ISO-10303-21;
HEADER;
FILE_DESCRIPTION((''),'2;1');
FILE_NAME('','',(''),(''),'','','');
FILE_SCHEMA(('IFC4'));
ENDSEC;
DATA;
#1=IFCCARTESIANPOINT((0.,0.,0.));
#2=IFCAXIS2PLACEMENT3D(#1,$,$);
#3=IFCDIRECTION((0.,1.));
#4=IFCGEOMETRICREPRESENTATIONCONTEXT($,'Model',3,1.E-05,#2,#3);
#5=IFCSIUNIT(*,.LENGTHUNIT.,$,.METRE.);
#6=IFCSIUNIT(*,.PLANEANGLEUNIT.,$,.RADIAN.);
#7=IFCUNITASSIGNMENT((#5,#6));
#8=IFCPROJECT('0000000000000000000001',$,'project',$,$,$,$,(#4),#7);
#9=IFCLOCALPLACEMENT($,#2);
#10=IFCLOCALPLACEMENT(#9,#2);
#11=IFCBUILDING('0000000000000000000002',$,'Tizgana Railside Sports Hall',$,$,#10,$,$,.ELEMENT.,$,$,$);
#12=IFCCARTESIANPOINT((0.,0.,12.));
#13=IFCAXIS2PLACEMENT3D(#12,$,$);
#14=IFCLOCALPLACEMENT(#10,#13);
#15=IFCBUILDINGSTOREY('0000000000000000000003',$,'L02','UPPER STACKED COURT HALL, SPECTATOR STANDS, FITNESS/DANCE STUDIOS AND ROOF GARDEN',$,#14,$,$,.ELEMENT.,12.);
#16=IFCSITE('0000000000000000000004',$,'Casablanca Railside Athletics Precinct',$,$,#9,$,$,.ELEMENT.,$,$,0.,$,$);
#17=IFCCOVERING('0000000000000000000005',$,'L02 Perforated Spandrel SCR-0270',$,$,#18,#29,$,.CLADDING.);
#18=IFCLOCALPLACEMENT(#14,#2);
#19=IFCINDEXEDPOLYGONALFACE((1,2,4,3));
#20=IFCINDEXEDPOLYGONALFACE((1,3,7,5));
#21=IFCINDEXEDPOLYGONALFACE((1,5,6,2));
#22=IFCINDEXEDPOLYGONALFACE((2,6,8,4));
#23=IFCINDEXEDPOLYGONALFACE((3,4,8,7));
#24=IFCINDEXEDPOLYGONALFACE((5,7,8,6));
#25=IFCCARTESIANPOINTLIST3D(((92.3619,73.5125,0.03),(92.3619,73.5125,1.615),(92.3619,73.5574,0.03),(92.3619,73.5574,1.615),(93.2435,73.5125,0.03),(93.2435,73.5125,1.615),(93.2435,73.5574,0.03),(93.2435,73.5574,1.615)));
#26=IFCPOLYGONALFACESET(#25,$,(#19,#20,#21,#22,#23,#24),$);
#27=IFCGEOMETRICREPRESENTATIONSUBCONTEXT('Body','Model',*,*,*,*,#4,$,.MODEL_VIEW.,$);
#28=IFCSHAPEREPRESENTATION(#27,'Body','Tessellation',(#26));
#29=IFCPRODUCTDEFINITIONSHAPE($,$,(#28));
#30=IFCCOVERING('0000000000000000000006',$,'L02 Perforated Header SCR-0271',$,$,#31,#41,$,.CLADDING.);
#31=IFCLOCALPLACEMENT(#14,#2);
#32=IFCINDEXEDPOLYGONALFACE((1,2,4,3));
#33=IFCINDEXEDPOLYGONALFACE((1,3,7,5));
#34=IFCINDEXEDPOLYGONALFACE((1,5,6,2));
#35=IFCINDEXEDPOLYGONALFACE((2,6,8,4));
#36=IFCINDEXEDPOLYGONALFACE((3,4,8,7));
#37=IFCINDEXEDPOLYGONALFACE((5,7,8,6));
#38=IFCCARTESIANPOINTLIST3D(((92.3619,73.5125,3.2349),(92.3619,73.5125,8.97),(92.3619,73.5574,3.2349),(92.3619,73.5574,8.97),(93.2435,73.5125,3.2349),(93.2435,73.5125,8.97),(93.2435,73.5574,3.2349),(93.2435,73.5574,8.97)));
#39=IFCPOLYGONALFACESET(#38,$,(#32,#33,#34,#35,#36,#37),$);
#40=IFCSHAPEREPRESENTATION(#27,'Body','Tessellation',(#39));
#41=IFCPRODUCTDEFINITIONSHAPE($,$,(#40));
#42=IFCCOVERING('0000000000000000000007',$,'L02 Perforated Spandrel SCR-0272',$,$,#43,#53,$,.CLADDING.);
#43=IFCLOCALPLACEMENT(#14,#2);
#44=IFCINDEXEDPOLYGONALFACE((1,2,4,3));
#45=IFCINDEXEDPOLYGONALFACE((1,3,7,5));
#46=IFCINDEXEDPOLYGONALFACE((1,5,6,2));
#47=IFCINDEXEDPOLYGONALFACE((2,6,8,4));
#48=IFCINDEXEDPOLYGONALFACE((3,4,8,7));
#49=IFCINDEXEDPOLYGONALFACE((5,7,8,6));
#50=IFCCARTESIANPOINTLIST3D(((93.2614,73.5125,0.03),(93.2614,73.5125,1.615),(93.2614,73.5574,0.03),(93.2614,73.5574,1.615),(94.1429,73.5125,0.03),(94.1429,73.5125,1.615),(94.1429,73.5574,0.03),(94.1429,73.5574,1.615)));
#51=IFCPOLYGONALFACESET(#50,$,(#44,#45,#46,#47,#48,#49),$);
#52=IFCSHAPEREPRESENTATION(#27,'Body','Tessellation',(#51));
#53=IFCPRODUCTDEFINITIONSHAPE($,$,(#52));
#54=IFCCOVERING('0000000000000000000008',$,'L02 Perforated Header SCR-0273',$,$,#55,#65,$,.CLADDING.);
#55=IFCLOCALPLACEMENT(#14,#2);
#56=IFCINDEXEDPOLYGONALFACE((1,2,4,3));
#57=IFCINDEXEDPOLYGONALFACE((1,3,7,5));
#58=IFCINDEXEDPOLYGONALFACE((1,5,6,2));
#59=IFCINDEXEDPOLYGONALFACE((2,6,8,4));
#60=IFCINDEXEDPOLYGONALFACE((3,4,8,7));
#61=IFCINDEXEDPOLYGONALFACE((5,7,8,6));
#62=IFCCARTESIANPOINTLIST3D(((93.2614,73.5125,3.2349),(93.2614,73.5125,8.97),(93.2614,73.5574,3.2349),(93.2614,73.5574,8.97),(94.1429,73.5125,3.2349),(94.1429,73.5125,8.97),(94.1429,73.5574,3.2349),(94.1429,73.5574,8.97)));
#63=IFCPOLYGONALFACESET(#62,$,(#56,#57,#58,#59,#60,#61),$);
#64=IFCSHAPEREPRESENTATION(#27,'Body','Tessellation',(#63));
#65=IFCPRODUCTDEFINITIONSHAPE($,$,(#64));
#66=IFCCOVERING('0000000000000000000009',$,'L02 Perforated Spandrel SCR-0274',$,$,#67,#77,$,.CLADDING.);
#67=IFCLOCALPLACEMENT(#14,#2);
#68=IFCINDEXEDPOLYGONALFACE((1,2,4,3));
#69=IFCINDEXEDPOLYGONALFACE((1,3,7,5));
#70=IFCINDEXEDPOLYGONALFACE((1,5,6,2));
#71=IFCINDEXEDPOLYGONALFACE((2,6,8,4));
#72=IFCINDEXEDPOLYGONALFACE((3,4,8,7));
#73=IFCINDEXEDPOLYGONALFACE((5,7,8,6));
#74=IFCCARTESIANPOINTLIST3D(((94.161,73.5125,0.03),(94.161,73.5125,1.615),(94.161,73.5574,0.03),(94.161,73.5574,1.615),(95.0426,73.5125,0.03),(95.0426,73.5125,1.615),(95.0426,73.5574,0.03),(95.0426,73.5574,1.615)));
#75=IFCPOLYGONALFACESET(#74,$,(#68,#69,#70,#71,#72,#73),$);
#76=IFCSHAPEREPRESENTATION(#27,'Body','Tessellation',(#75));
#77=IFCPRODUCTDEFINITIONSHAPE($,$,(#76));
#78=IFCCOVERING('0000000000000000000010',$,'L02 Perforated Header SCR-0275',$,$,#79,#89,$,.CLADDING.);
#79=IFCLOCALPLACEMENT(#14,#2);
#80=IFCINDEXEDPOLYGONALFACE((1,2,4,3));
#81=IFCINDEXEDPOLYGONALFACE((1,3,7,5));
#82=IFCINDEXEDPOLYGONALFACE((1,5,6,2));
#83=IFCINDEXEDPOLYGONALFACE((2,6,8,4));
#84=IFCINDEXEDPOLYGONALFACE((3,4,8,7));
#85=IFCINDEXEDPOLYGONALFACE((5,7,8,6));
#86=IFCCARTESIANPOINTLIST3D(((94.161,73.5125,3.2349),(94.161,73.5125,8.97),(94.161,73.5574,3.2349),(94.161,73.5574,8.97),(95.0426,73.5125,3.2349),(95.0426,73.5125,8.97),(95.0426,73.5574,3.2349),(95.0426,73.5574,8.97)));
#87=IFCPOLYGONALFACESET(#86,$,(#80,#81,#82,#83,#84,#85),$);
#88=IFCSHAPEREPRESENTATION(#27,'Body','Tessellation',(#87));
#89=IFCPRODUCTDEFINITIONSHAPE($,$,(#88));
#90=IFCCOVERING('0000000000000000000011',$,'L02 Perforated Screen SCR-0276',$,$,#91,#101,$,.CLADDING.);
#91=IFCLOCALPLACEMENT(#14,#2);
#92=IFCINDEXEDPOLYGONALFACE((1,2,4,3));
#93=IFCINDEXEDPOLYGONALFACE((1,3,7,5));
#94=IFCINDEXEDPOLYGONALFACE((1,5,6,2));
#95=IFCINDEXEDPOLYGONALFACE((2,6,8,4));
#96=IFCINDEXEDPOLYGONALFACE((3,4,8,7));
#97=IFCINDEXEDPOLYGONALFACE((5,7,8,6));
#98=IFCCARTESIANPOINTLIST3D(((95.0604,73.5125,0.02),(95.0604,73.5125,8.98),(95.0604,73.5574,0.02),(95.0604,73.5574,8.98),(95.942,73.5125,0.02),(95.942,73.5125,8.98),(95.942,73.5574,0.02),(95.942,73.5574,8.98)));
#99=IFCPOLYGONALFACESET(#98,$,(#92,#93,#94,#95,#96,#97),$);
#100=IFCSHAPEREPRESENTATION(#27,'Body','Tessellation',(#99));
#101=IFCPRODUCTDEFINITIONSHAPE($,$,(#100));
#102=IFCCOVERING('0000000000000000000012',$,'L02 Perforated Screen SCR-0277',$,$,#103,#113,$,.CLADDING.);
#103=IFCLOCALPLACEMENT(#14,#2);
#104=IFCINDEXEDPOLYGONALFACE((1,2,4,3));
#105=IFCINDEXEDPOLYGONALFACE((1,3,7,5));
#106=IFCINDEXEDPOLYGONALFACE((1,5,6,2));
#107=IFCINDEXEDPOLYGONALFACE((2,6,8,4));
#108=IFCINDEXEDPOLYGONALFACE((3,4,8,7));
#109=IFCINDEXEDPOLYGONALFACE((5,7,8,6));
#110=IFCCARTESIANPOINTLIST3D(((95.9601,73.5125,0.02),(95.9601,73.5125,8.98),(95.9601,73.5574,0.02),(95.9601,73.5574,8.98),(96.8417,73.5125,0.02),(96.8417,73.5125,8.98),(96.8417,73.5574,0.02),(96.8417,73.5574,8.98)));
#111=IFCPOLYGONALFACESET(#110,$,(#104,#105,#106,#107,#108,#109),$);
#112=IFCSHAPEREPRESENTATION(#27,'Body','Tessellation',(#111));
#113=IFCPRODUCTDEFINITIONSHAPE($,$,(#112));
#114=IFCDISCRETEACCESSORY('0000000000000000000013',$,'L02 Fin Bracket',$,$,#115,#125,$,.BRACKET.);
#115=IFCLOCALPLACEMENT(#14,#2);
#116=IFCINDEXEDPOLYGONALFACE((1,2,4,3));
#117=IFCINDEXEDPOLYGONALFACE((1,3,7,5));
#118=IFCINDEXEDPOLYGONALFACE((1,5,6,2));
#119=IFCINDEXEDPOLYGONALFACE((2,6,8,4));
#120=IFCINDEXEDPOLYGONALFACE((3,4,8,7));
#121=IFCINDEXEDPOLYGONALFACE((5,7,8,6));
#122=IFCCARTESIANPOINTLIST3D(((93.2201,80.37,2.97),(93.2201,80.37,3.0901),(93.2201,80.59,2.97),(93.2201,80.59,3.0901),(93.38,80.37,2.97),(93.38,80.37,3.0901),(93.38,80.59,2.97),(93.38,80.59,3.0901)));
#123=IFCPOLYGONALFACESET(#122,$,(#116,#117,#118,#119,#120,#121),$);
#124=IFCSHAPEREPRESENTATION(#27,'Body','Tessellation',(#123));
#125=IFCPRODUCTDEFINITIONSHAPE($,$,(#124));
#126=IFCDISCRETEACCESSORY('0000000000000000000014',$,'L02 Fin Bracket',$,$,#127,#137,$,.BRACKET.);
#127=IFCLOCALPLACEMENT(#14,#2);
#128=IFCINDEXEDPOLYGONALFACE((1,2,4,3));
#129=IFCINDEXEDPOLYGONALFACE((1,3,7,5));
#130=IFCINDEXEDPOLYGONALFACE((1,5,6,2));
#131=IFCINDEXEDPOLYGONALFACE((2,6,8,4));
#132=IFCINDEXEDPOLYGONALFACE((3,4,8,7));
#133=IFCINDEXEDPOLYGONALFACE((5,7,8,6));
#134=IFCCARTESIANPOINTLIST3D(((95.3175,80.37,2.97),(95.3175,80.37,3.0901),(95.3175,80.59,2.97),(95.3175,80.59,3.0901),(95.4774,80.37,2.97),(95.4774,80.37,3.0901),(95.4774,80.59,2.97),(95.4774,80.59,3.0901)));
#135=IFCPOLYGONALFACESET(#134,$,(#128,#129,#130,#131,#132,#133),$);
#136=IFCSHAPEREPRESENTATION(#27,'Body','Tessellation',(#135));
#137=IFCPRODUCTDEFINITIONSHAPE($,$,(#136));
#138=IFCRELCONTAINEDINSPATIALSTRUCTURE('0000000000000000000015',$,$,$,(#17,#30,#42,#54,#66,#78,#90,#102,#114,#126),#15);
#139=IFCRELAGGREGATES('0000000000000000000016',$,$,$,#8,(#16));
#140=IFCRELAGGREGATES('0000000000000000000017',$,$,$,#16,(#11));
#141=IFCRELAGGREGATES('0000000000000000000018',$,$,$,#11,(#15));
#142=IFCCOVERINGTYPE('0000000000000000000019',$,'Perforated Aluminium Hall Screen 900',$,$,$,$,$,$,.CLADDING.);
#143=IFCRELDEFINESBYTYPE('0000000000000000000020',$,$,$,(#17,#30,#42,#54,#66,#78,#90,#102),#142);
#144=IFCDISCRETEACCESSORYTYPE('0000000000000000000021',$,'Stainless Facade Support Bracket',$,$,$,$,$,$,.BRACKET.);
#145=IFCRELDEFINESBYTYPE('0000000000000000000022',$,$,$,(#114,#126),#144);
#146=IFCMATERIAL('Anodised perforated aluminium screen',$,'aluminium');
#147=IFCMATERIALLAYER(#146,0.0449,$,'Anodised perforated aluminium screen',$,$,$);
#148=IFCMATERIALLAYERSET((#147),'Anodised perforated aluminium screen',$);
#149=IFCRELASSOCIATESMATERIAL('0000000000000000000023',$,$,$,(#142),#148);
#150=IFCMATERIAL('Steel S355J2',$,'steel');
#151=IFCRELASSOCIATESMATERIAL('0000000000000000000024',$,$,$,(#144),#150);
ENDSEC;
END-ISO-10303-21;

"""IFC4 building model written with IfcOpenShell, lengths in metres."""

from ifc_helpers import new_model, si_unit, direction, frame, origin, origin_2d, place, context, subcontext, project, spatial, rectangle, extrude, material, layer, layer_set, type_object, element, save


model = new_model("IFC4")

# Units and contexts
model_context = context("Model", 3, precision=1e-05, world=origin(), true_north=direction((0.0, 1.0)))
body_context = subcontext(model_context, "Body", "Model", "MODEL_VIEW")
ifc_project = project(units=[si_unit("LENGTHUNIT", "METRE"), si_unit("PLANEANGLEUNIT", "RADIAN")], contexts=[model_context])

# Site, building, storey
site_placement = place(None, origin())
site = spatial("IfcSite", under=ifc_project, at=site_placement, Name="Casablanca Railside Athletics Precinct", CompositionType="ELEMENT", RefElevation=0.0)
building_placement = place(site_placement, origin())
building = spatial("IfcBuilding", under=site, at=building_placement, Name="Tizgana Railside Sports Hall", CompositionType="ELEMENT")
storey_placement = place(building_placement, frame((0.0, 0.0, 12.0)))
storey = spatial("IfcBuildingStorey", under=building, at=storey_placement, Name="L02", Description="UPPER STACKED COURT HALL, SPECTATOR STANDS, FITNESS/DANCE STUDIOS AND ROOF GARDEN", CompositionType="ELEMENT", Elevation=12.0)

# Coverings
ifc_material_1 = material(Name="Anodised perforated aluminium screen", Category="aluminium")
ifc_layer_1 = layer(ifc_material_1, 0.0449, Name="Anodised perforated aluminium screen")
ifc_layer_set_1 = layer_set([ifc_layer_1], Name="Anodised perforated aluminium screen")
covering_type_1 = type_object("IfcCoveringType", Name="Perforated Aluminium Hall Screen 900", PredefinedType="CLADDING", material=ifc_layer_set_1)
covering_1_placement = place(storey_placement, frame((92.8027, 73.5349, 0.03), z_axis=(0.0, 0.0, 1.0), x_axis=(1.0, 0.0, 0.0)))
element("IfcCovering", 1, at=covering_1_placement, inside=storey, type_object=covering_type_1, Name="L02 Perforated Spandrel SCR-0270", PredefinedType="CLADDING", context=body_context, shape_type="SweptSolid", body=[
    extrude(rectangle(XDim=0.8816, YDim=0.0449, at=origin_2d()), origin(), (0.0, 0.0, 1.0), 1.585),
])
covering_2_placement = place(storey_placement, frame((92.8027, 73.5349, 3.2349), z_axis=(0.0, 0.0, 1.0), x_axis=(1.0, 0.0, 0.0)))
element("IfcCovering", 2, at=covering_2_placement, inside=storey, type_object=covering_type_1, Name="L02 Perforated Header SCR-0271", PredefinedType="CLADDING", context=body_context, shape_type="SweptSolid", body=[
    extrude(rectangle(XDim=0.8816, YDim=0.0449, at=origin_2d()), origin(), (0.0, 0.0, 1.0), 5.7351),
])
covering_3_placement = place(storey_placement, frame((93.7021, 73.5349, 0.03), z_axis=(0.0, 0.0, 1.0), x_axis=(1.0, 0.0, 0.0)))
element("IfcCovering", 3, at=covering_3_placement, inside=storey, type_object=covering_type_1, Name="L02 Perforated Spandrel SCR-0272", PredefinedType="CLADDING", context=body_context, shape_type="SweptSolid", body=[
    extrude(rectangle(XDim=0.8816, YDim=0.0449, at=origin_2d()), origin(), (0.0, 0.0, 1.0), 1.585),
])
covering_4_placement = place(storey_placement, frame((93.7021, 73.5349, 3.2349), z_axis=(0.0, 0.0, 1.0), x_axis=(1.0, 0.0, 0.0)))
element("IfcCovering", 4, at=covering_4_placement, inside=storey, type_object=covering_type_1, Name="L02 Perforated Header SCR-0273", PredefinedType="CLADDING", context=body_context, shape_type="SweptSolid", body=[
    extrude(rectangle(XDim=0.8816, YDim=0.0449, at=origin_2d()), origin(), (0.0, 0.0, 1.0), 5.7351),
])
covering_5_placement = place(storey_placement, frame((94.6018, 73.5349, 0.03), z_axis=(0.0, 0.0, 1.0), x_axis=(1.0, 0.0, 0.0)))
element("IfcCovering", 5, at=covering_5_placement, inside=storey, type_object=covering_type_1, Name="L02 Perforated Spandrel SCR-0274", PredefinedType="CLADDING", context=body_context, shape_type="SweptSolid", body=[
    extrude(rectangle(XDim=0.8816, YDim=0.0449, at=origin_2d()), origin(), (0.0, 0.0, 1.0), 1.585),
])
covering_6_placement = place(storey_placement, frame((94.6018, 73.5349, 3.2349), z_axis=(0.0, 0.0, 1.0), x_axis=(1.0, 0.0, 0.0)))
element("IfcCovering", 6, at=covering_6_placement, inside=storey, type_object=covering_type_1, Name="L02 Perforated Header SCR-0275", PredefinedType="CLADDING", context=body_context, shape_type="SweptSolid", body=[
    extrude(rectangle(XDim=0.8816, YDim=0.0449, at=origin_2d()), origin(), (0.0, 0.0, 1.0), 5.7351),
])
for number, where, z_axis, x_axis, name in (
    (7, (95.5012, 73.5349, 0.02), (0.0, 0.0, 1.0), (1.0, 0.0, 0.0), "L02 Perforated Screen SCR-0276"),
    (8, (96.4009, 73.5349, 0.02), (0.0, 0.0, 1.0), (1.0, 0.0, 0.0), "L02 Perforated Screen SCR-0277"),
):
    element("IfcCovering", number, at=place(storey_placement, frame(where, z_axis=z_axis, x_axis=x_axis)), inside=storey, type_object=covering_type_1, Name=name, PredefinedType="CLADDING", context=body_context, shape_type="SweptSolid", body=[
        extrude(rectangle(XDim=0.8816, YDim=0.0449, at=origin_2d()), origin(), (0.0, 0.0, 1.0), 8.96),
    ])

# Discrete accessories
ifc_material_2 = material(Name="Steel S355J2", Category="steel")
discrete_accessory_type = type_object("IfcDiscreteAccessoryType", Name="Stainless Facade Support Bracket", PredefinedType="BRACKET", material=ifc_material_2)
for number, where, z_axis, x_axis, name in (
    (9, (93.3, 80.48, 2.97), (0.0, 0.0, 1.0), (1.0, 0.0, 0.0), "L02 Fin Bracket"),
    (10, (95.3975, 80.48, 2.97), (0.0, 0.0, 1.0), (1.0, 0.0, 0.0), "L02 Fin Bracket"),
):
    element("IfcDiscreteAccessory", number, at=place(storey_placement, frame(where, z_axis=z_axis, x_axis=x_axis)), inside=storey, type_object=discrete_accessory_type, Name=name, PredefinedType="BRACKET", context=body_context, shape_type="SweptSolid", body=[
        extrude(rectangle(XDim=0.1599, YDim=0.22, at=origin_2d()), origin(), (0.0, 0.0, 1.0), 0.1201),
    ])

save(model, "model.ifc")
